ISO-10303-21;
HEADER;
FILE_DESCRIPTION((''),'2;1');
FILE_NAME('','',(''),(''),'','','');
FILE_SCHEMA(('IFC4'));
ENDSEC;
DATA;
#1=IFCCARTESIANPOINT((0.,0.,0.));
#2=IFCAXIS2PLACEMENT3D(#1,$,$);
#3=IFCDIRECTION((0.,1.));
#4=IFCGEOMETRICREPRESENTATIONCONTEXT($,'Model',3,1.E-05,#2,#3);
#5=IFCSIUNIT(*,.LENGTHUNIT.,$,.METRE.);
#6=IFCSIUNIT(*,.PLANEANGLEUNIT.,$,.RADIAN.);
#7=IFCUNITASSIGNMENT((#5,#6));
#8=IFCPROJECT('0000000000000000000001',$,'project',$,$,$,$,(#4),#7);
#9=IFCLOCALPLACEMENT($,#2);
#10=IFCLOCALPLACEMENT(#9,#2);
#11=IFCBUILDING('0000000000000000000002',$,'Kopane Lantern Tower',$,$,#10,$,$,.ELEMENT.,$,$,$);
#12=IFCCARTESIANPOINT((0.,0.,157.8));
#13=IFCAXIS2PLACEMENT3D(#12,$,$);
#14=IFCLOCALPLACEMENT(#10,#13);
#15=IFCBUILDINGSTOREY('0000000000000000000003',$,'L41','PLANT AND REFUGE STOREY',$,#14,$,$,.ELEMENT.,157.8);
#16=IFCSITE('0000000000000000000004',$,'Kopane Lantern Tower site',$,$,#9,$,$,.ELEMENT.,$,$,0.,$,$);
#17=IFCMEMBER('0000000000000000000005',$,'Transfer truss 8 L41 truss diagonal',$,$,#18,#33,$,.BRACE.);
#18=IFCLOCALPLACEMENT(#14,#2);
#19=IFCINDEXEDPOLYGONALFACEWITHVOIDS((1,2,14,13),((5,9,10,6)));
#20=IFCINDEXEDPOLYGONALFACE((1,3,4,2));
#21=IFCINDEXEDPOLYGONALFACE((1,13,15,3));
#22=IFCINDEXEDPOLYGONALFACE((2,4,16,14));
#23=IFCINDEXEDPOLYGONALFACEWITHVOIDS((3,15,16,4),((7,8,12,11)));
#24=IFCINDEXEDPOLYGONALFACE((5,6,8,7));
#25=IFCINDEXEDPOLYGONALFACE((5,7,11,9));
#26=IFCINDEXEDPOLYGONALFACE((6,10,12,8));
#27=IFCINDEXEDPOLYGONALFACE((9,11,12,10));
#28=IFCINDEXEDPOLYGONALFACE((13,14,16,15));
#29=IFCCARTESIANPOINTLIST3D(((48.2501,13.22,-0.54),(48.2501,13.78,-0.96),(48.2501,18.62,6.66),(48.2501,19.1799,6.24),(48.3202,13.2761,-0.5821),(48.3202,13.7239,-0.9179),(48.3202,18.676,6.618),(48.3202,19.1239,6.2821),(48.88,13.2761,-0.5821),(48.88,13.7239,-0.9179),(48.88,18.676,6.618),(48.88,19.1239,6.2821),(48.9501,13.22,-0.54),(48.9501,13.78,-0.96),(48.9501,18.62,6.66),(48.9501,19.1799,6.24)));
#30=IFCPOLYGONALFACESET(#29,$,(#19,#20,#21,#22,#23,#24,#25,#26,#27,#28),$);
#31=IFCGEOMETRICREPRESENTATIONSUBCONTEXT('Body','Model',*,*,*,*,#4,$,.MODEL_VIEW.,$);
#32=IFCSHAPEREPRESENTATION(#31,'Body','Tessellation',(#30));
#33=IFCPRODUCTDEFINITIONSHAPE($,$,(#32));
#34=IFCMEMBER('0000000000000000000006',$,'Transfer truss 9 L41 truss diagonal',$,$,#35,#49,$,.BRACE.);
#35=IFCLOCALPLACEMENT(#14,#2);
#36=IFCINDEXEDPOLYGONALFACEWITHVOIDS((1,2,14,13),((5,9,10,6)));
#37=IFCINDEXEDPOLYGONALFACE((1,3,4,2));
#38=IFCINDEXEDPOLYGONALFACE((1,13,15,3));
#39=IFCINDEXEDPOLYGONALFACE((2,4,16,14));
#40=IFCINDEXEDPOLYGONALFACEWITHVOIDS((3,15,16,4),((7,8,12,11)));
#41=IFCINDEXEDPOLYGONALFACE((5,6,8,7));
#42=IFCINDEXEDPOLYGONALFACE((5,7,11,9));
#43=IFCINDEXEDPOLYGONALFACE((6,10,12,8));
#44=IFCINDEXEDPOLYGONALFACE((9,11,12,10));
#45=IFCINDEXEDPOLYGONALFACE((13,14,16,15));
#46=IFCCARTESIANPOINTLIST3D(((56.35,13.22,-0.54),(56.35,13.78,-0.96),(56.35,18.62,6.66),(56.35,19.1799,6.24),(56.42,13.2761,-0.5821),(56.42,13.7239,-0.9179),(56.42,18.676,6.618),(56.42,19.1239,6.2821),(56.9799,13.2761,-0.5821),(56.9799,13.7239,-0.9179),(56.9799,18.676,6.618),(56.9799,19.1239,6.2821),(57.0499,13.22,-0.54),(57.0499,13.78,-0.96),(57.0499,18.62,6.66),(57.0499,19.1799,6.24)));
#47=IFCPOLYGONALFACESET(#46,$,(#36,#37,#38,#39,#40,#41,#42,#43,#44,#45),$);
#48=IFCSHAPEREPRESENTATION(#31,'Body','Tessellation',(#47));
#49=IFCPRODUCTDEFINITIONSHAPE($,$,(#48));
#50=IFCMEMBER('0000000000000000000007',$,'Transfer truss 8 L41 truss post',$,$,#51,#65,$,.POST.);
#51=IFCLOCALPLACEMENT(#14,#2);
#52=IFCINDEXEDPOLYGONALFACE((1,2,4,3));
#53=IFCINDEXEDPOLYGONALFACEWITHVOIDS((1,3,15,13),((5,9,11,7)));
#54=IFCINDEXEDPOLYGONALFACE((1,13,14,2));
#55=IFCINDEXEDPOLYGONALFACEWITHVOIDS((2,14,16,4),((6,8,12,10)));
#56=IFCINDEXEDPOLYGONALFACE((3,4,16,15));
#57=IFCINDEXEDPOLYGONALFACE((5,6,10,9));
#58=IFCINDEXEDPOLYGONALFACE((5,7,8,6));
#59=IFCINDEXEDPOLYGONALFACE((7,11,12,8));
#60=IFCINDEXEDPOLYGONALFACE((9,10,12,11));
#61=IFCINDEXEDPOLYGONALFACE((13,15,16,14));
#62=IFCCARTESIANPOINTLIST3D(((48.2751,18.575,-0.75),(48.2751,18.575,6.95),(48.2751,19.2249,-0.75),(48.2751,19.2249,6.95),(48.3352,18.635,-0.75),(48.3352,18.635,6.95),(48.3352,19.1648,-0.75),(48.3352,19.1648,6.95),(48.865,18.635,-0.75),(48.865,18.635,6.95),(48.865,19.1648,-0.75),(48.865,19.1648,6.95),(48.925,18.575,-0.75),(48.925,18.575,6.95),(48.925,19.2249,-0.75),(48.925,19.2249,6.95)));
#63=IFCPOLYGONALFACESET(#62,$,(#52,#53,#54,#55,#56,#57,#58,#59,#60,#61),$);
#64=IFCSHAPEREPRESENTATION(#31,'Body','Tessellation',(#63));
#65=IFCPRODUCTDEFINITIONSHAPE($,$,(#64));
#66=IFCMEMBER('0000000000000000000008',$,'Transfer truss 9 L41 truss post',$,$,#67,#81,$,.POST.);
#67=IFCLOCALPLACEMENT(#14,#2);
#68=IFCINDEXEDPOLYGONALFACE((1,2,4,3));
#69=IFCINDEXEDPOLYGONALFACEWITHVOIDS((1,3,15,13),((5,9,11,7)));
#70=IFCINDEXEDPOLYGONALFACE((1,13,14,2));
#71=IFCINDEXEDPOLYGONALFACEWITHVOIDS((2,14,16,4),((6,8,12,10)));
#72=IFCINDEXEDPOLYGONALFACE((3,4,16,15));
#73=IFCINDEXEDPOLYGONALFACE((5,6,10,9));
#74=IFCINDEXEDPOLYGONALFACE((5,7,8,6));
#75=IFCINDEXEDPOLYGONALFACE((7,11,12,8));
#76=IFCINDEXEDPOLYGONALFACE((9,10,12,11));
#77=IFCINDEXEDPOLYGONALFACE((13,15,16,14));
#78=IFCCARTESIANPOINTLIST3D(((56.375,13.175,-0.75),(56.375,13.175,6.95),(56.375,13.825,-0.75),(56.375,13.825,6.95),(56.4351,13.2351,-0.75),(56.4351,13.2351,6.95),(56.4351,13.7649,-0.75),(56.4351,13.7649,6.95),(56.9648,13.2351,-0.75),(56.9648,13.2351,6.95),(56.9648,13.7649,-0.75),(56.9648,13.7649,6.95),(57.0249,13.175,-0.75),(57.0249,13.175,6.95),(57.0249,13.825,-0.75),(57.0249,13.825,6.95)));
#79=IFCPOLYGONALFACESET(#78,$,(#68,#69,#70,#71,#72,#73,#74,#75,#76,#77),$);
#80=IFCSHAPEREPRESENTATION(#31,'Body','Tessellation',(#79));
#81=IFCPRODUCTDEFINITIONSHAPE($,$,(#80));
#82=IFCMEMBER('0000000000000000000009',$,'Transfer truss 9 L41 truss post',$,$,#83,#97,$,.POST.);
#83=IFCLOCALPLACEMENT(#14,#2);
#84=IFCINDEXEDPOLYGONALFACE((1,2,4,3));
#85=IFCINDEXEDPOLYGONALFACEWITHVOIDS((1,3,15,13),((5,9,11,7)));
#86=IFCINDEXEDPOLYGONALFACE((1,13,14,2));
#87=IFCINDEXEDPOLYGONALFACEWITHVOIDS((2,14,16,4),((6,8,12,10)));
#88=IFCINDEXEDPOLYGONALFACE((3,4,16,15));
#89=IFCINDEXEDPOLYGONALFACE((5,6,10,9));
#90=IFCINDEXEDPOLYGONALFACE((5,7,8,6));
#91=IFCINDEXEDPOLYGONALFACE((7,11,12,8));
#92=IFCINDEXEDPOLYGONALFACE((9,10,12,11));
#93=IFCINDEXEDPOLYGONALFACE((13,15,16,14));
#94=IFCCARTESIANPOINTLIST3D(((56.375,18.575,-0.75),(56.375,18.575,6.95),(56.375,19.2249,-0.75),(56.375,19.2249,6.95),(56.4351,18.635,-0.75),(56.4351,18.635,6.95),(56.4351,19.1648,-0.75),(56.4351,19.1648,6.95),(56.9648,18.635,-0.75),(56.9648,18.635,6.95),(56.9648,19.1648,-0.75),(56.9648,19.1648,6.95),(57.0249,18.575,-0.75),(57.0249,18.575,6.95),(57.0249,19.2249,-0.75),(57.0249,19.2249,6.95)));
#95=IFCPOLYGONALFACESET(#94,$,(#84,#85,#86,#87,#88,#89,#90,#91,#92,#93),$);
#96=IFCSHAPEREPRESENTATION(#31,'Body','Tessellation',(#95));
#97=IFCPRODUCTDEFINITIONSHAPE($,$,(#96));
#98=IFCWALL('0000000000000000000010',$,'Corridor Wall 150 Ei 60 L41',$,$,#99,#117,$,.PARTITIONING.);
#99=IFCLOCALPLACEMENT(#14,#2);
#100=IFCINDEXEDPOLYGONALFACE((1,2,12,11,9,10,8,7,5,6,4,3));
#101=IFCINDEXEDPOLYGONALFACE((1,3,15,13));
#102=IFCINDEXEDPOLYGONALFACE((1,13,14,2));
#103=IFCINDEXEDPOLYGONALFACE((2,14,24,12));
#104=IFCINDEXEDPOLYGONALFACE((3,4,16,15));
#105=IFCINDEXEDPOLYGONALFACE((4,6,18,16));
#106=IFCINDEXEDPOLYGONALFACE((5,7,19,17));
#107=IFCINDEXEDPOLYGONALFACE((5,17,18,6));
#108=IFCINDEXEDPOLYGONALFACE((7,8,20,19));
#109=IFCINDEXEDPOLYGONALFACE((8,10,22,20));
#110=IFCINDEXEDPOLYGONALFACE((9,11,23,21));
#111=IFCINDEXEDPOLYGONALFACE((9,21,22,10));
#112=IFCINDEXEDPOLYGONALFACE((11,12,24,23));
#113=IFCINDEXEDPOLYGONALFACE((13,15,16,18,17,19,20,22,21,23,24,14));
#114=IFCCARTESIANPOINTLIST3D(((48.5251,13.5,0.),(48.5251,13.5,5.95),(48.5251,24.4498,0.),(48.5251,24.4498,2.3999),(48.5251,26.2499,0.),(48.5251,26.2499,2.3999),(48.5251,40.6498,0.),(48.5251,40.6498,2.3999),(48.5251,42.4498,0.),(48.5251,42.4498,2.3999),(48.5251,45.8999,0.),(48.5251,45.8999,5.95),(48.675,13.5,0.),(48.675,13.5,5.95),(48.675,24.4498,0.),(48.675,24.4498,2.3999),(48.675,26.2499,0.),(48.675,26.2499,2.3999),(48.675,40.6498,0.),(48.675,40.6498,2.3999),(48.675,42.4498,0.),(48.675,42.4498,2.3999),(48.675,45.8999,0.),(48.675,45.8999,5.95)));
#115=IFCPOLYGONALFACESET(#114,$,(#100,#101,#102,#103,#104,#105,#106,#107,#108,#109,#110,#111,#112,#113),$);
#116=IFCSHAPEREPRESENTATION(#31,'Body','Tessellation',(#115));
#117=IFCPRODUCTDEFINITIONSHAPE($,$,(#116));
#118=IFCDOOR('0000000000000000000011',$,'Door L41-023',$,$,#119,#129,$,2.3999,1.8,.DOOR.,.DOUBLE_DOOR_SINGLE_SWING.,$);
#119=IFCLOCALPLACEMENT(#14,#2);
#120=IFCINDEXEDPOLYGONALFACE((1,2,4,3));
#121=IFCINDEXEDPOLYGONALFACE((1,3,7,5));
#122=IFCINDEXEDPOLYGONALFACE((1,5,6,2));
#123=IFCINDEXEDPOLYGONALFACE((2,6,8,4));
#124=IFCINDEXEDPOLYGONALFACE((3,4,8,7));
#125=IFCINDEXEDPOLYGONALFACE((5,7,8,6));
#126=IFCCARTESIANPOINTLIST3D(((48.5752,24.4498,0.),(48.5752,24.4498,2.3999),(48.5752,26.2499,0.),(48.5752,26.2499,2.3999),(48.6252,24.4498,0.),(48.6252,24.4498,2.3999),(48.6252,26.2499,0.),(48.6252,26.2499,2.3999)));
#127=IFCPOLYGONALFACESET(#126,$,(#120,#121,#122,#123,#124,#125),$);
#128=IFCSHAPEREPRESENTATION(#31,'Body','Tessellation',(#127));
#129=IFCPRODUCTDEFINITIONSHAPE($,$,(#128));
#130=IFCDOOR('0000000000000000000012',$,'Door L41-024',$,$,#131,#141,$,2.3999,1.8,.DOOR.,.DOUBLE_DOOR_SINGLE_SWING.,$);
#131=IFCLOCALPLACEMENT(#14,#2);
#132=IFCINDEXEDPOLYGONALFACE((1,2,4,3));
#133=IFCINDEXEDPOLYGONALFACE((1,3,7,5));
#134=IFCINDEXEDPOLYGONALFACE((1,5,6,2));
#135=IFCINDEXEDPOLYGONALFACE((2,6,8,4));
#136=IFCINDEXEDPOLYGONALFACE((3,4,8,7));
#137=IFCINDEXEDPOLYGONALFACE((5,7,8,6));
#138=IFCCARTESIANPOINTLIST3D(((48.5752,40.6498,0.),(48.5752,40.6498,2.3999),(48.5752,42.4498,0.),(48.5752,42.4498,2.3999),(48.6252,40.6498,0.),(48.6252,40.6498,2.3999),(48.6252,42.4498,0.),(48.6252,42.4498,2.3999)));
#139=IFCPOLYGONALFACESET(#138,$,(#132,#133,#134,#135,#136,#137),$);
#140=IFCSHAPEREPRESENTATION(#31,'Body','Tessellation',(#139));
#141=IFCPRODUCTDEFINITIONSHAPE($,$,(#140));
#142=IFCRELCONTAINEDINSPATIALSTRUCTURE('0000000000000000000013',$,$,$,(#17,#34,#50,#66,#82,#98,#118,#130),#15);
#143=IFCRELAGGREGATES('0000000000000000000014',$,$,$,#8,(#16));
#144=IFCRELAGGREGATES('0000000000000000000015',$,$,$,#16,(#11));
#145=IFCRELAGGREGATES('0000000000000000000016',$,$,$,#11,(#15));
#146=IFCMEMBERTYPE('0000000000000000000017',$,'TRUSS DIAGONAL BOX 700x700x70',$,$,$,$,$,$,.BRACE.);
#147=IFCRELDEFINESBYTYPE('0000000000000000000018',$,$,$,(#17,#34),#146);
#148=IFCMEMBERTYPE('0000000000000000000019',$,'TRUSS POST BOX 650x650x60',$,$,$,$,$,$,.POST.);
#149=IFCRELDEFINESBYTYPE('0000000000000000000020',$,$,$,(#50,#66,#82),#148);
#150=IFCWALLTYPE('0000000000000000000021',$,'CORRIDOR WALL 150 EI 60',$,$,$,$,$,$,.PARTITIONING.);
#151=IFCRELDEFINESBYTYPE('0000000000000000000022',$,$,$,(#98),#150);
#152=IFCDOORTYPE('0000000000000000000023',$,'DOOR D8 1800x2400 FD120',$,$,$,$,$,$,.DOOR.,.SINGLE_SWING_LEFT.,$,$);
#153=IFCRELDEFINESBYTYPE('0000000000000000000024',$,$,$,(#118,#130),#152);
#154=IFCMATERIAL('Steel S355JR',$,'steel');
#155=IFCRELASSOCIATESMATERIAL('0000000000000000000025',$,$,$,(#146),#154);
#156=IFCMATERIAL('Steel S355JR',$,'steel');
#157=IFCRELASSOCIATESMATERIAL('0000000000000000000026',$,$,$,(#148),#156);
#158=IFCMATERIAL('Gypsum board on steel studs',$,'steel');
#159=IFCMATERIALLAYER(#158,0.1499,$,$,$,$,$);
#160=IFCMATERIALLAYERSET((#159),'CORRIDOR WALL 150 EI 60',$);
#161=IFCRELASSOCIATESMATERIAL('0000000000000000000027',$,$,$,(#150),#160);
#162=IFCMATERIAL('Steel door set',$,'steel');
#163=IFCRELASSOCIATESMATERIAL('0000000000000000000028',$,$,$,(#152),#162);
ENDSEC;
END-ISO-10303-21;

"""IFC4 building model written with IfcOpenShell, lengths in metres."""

from ifc_helpers import new_model, si_unit, direction, frame, frame_2d, origin, origin_2d, place, context, subcontext, project, spatial, rectangle, hollow_rectangle, extrude, material, layer, layer_set, material_profile, profile_set, type_object, element, fill, save


model = new_model("IFC4")

# Units and contexts
model_context = context("Model", 3, precision=1e-05, world=origin(), true_north=direction((0.0, 1.0)))
body_context = subcontext(model_context, "Body", "Model", "MODEL_VIEW")
ifc_project = project(units=[si_unit("LENGTHUNIT", "METRE"), si_unit("PLANEANGLEUNIT", "RADIAN")], contexts=[model_context])

# Site, building, storey
site_placement = place(None, origin())
site = spatial("IfcSite", under=ifc_project, at=site_placement, Name="Kopane Lantern Tower site", CompositionType="ELEMENT", RefElevation=0.0)
building_placement = place(site_placement, origin())
building = spatial("IfcBuilding", under=site, at=building_placement, Name="Kopane Lantern Tower", CompositionType="ELEMENT")
storey_placement = place(building_placement, frame((0.0, 0.0, 157.8)))
storey = spatial("IfcBuildingStorey", under=building, at=storey_placement, Name="L41", Description="PLANT AND REFUGE STOREY", CompositionType="ELEMENT", Elevation=157.8)

# Members
ifc_material_1 = material(Name="Steel S355JR", Category="steel")
ifc_material_profile_1 = material_profile(ifc_material_1, hollow_rectangle(XDim=0.7, YDim=0.7, WallThickness=0.0701, at=origin_2d()), Name="BOX 700x700x70")
ifc_profile_set_1 = profile_set([ifc_material_profile_1], Name="Steel S355JR")
member_type_1 = type_object("IfcMemberType", Name="TRUSS DIAGONAL BOX 700x700x70", PredefinedType="BRACE", material=ifc_profile_set_1)
for number, where, z_axis, x_axis, name in (
    (1, (48.6001, 13.5, -0.75), (0.0, 0.599996, 0.800003), (-1.0, 0.0, 0.0), "Transfer truss 8 L41 truss diagonal"),
    (2, (56.7, 13.5, -0.75), (0.0, 0.599996, 0.800003), (-1.0, 0.0, 0.0), "Transfer truss 9 L41 truss diagonal"),
):
    element("IfcMember", number, at=place(storey_placement, frame(where, z_axis=z_axis, x_axis=x_axis)), inside=storey, type_object=member_type_1, Name=name, PredefinedType="BRACE", context=body_context, shape_type="SweptSolid", body=[
        extrude(hollow_rectangle(XDim=0.7, YDim=0.7, WallThickness=0.0701, at=origin_2d()), origin(), (0.0, 0.0, 1.0), 9.0),
    ])
ifc_material_2 = material(Name="Steel S355JR", Category="steel")
ifc_material_profile_2 = material_profile(ifc_material_2, hollow_rectangle(XDim=0.6499, YDim=0.6499, WallThickness=0.0601, at=origin_2d()), Name="BOX 650x650x60")
ifc_profile_set_2 = profile_set([ifc_material_profile_2], Name="Steel S355JR")
member_type_2 = type_object("IfcMemberType", Name="TRUSS POST BOX 650x650x60", PredefinedType="POST", material=ifc_profile_set_2)
for number, where, z_axis, x_axis, name in (
    (3, (48.6001, 18.8999, -0.75), (0.0, 0.0, 1.0), (1.0, 0.0, 0.0), "Transfer truss 8 L41 truss post"),
    (4, (56.7, 13.5, -0.75), (0.0, 0.0, 1.0), (1.0, 0.0, 0.0), "Transfer truss 9 L41 truss post"),
    (5, (56.7, 18.8999, -0.75), (0.0, 0.0, 1.0), (1.0, 0.0, 0.0), "Transfer truss 9 L41 truss post"),
):
    element("IfcMember", number, at=place(storey_placement, frame(where, z_axis=z_axis, x_axis=x_axis)), inside=storey, type_object=member_type_2, Name=name, PredefinedType="POST", context=body_context, shape_type="SweptSolid", body=[
        extrude(hollow_rectangle(XDim=0.6499, YDim=0.6499, WallThickness=0.0601, at=origin_2d()), origin(), (0.0, 0.0, 1.0), 7.7),
    ])

# Wall, openings, doors
ifc_material_3 = material(Name="Gypsum board on steel studs", Category="steel")
ifc_layer_1 = layer(ifc_material_3, 0.1499)
ifc_layer_set_1 = layer_set([ifc_layer_1], Name="CORRIDOR WALL 150 EI 60")
wall_type_1 = type_object("IfcWallType", Name="CORRIDOR WALL 150 EI 60", PredefinedType="PARTITIONING", material=ifc_layer_set_1)
wall_1_placement = place(storey_placement, frame((48.6001, 13.5, 0.0), z_axis=(0.0, 0.0, 1.0), x_axis=(0.0, 1.0, 0.0)))
wall_1 = element("IfcWall", 6, at=wall_1_placement, inside=storey, type_object=wall_type_1, Name="Corridor Wall 150 Ei 60 L41", PredefinedType="PARTITIONING", context=body_context, shape_type="SweptSolid", body=[
    extrude(rectangle(XDim=32.3999, YDim=0.1499, at=frame_2d((16.2, 0.0))), origin(), (0.0, 0.0, 1.0), 5.95),
])
opening_1_placement = place(wall_1_placement, frame((10.95, 0.0, 0.0)))
opening_1 = element("IfcOpeningElement", 7, at=opening_1_placement, cuts=wall_1, PredefinedType="OPENING", context=body_context, shape_type="SweptSolid", body=[
    extrude(rectangle(XDim=1.8, YDim=2.3999, at=frame_2d((0.8999, 1.2))), frame((0.0, 0.085, 0.0), z_axis=(0.0, -1.0, 0.0), x_axis=(1.0, 0.0, 0.0)), (0.0, 0.0, 1.0), 0.1699),
])
opening_2_placement = place(wall_1_placement, frame((27.1499, 0.0, 0.0)))
opening_2 = element("IfcOpeningElement", 8, at=opening_2_placement, cuts=wall_1, PredefinedType="OPENING", context=body_context, shape_type="SweptSolid", body=[
    extrude(rectangle(XDim=1.8, YDim=2.3999, at=frame_2d((0.8999, 1.2))), frame((0.0, 0.085, 0.0), z_axis=(0.0, -1.0, 0.0), x_axis=(1.0, 0.0, 0.0)), (0.0, 0.0, 1.0), 0.1699),
])
ifc_material_4 = material(Name="Steel door set", Category="steel")
door_type_1 = type_object("IfcDoorType", Name="DOOR D8 1800x2400 FD120", OperationType="SINGLE_SWING_LEFT", PredefinedType="DOOR", material=ifc_material_4)
door_1_placement = place(opening_1_placement, origin())
door_1 = element("IfcDoor", 9, at=door_1_placement, inside=storey, type_object=door_type_1, Name="Door L41-023", OperationType="DOUBLE_DOOR_SINGLE_SWING", OverallHeight=2.3999, OverallWidth=1.8, PredefinedType="DOOR", context=body_context, shape_type="SweptSolid", body=[
    extrude(rectangle(XDim=1.8, YDim=2.3999, at=frame_2d((0.8999, 1.2))), frame((0.0, 0.0249, 0.0), z_axis=(0.0, -1.0, 0.0), x_axis=(1.0, 0.0, 0.0)), (0.0, 0.0, 1.0), 0.05),
])
fill(opening_1, door_1)
door_2_placement = place(opening_2_placement, origin())
door_2 = element("IfcDoor", 10, at=door_2_placement, inside=storey, type_object=door_type_1, Name="Door L41-024", OperationType="DOUBLE_DOOR_SINGLE_SWING", OverallHeight=2.3999, OverallWidth=1.8, PredefinedType="DOOR", context=body_context, shape_type="SweptSolid", body=[
    extrude(rectangle(XDim=1.8, YDim=2.3999, at=frame_2d((0.8999, 1.2))), frame((0.0, 0.0249, 0.0), z_axis=(0.0, -1.0, 0.0), x_axis=(1.0, 0.0, 0.0)), (0.0, 0.0, 1.0), 0.05),
])
fill(opening_2, door_2)

save(model, "model.ifc")
